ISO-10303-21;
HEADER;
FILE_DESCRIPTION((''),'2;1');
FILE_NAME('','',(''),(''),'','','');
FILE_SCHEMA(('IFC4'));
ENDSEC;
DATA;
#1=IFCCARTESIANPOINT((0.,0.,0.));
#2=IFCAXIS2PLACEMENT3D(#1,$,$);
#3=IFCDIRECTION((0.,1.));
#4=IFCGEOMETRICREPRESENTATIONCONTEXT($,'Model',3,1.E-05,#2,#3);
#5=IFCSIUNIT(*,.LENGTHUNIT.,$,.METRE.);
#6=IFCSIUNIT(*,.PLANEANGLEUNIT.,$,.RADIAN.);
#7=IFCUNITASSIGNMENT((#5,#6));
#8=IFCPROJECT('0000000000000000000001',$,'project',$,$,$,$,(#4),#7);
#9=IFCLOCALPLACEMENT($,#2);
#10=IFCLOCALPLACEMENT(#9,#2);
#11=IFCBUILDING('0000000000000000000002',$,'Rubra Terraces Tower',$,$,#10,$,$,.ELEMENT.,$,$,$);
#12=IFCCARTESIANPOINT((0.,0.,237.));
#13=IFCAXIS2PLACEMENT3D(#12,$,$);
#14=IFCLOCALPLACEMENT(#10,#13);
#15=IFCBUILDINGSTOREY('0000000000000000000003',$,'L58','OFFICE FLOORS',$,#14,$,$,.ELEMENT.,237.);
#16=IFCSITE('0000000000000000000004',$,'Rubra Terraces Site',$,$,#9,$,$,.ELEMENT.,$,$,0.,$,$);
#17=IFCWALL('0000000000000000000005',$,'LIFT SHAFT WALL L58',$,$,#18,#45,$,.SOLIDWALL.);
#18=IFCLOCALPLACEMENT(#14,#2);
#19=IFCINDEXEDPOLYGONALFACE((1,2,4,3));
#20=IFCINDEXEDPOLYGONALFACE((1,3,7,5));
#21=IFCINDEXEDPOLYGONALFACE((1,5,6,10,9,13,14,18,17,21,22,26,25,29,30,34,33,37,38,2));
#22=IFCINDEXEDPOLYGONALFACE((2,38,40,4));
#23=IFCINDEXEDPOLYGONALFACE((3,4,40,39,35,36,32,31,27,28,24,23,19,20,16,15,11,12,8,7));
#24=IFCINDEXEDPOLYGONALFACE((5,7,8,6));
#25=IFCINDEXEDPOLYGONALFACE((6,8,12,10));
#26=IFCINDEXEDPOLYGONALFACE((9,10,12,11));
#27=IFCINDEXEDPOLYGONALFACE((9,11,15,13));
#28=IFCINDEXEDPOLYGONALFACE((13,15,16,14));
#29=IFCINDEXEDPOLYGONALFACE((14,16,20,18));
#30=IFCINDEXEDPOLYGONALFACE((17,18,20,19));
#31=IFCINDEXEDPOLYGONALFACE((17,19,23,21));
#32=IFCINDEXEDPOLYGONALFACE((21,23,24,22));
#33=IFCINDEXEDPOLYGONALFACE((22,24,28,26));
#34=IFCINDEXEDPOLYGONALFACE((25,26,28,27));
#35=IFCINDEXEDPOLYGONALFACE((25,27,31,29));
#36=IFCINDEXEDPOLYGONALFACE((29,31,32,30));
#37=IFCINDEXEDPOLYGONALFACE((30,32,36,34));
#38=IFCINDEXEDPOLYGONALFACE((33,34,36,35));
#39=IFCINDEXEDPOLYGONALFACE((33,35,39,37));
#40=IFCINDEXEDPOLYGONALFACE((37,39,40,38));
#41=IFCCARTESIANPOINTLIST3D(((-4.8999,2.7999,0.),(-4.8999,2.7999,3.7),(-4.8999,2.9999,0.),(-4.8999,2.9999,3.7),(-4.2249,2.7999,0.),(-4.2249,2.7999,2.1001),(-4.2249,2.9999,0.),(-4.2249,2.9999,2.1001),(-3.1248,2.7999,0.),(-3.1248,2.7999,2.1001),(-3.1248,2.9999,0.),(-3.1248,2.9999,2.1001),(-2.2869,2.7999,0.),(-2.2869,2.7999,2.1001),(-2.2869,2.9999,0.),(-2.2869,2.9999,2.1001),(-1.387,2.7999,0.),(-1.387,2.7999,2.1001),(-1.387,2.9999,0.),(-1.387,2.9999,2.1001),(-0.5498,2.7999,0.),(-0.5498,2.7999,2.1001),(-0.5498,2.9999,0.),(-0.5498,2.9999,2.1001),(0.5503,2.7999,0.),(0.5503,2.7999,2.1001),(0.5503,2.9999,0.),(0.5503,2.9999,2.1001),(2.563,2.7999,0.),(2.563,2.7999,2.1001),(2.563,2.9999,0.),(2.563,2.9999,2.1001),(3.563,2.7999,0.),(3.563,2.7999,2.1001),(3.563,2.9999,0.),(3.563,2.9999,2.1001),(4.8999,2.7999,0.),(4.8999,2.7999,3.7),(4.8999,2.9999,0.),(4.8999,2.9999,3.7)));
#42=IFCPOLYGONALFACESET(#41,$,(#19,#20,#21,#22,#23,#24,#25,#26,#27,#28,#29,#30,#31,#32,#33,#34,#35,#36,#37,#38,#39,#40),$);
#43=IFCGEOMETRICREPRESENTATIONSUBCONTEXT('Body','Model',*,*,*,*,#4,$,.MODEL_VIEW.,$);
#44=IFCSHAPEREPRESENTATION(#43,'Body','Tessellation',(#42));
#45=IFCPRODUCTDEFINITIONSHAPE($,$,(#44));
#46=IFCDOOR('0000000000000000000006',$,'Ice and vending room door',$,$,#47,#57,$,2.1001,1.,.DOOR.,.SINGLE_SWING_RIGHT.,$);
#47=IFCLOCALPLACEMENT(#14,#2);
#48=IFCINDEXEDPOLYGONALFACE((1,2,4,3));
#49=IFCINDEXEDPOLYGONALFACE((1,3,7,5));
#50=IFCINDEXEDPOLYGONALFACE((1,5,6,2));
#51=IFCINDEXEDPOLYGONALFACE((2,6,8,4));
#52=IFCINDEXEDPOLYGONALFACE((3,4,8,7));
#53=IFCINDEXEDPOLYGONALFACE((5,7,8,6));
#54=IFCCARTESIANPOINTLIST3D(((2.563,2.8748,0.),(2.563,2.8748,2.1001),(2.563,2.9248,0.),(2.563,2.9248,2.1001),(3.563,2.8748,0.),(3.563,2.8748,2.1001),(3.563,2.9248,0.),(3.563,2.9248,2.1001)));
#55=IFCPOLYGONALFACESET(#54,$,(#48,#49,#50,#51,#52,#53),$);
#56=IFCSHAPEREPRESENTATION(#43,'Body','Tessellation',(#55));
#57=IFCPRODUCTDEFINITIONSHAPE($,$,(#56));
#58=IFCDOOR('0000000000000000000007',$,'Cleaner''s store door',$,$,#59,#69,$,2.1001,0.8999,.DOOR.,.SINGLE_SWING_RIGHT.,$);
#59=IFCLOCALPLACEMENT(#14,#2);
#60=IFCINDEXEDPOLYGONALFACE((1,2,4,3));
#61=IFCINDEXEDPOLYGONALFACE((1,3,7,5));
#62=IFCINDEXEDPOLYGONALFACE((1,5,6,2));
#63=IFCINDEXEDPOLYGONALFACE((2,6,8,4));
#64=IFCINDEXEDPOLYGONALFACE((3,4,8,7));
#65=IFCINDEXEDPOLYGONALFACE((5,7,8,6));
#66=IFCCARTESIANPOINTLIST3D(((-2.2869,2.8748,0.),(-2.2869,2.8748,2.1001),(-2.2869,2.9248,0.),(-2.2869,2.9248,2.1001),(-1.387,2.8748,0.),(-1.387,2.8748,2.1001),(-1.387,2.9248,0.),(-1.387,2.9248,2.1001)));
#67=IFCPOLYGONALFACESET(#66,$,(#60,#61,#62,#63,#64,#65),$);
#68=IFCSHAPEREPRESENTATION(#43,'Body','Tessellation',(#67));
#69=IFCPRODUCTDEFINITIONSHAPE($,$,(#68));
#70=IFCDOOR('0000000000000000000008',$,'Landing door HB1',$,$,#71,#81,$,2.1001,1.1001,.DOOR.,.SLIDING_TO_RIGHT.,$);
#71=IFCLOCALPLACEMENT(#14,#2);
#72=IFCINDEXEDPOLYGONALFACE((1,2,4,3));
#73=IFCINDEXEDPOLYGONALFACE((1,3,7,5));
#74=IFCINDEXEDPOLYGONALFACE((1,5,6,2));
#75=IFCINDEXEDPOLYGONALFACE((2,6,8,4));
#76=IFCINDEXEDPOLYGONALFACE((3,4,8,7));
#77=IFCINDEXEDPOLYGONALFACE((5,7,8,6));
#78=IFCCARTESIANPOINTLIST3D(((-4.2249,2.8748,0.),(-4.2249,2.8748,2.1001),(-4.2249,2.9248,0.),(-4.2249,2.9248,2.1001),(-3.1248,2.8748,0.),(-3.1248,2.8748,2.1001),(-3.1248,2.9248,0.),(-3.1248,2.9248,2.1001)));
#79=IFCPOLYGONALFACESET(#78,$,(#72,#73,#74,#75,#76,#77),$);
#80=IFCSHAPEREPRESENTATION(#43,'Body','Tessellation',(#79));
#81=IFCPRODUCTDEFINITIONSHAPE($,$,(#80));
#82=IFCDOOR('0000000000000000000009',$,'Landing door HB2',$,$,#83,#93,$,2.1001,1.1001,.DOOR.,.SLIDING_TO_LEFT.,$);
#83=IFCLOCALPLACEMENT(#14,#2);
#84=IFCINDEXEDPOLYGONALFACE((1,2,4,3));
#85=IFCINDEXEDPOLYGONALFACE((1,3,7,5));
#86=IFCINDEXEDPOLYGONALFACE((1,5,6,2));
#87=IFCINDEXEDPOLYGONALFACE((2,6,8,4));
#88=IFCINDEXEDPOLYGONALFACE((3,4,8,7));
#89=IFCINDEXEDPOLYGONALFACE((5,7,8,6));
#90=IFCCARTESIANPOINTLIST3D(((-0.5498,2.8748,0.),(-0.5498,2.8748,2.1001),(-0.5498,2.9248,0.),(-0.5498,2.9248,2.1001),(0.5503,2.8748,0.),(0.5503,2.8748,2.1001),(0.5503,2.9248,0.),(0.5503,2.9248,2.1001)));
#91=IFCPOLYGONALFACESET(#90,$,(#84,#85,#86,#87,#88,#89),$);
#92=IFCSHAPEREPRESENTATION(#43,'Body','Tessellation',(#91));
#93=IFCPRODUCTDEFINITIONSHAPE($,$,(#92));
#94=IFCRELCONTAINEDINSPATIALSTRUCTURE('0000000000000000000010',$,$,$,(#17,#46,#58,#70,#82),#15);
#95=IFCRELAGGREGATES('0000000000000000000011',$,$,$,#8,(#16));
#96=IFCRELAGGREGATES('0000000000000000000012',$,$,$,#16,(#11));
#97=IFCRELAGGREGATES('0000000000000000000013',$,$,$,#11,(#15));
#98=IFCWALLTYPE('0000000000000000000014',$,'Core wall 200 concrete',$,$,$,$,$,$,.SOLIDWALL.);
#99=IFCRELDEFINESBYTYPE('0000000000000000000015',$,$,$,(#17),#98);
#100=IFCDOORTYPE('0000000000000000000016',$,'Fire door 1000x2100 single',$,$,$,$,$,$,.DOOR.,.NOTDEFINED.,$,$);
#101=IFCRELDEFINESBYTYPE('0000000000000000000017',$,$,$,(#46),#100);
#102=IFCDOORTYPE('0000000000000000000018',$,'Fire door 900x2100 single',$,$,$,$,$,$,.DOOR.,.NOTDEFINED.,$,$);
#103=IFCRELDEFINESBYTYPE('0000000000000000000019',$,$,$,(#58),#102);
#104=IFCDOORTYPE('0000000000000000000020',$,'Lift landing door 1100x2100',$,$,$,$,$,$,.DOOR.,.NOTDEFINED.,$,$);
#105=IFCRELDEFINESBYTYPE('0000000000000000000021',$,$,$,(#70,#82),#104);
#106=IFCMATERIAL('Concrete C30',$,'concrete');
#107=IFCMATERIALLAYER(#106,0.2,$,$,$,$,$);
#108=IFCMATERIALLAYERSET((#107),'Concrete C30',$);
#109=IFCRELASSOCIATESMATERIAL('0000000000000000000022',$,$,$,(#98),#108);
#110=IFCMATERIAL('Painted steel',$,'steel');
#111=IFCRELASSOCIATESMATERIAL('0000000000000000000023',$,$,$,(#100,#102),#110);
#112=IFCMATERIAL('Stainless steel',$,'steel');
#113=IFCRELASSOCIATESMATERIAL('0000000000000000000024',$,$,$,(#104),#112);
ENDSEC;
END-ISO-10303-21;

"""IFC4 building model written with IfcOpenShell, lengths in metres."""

from ifc_helpers import new_model, si_unit, direction, frame, frame_2d, origin, place, context, subcontext, project, spatial, rectangle, extrude, material, layer, layer_set, type_object, element, fill, save


model = new_model("IFC4")

# Units and contexts
model_context = context("Model", 3, precision=1e-05, world=origin(), true_north=direction((0.0, 1.0)))
body_context = subcontext(model_context, "Body", "Model", "MODEL_VIEW")
ifc_project = project(units=[si_unit("LENGTHUNIT", "METRE"), si_unit("PLANEANGLEUNIT", "RADIAN")], contexts=[model_context])

# Site, building, storey
site_placement = place(None, origin())
site = spatial("IfcSite", under=ifc_project, at=site_placement, Name="Rubra Terraces Site", CompositionType="ELEMENT", RefElevation=0.0)
building_placement = place(site_placement, origin())
building = spatial("IfcBuilding", under=site, at=building_placement, Name="Rubra Terraces Tower", CompositionType="ELEMENT")
storey_placement = place(building_placement, frame((0.0, 0.0, 237.0)))
storey = spatial("IfcBuildingStorey", under=building, at=storey_placement, Name="L58", Description="OFFICE FLOORS", CompositionType="ELEMENT", Elevation=237.0)

# Wall, openings, doors
ifc_material_1 = material(Name="Concrete C30", Category="concrete")
ifc_layer_1 = layer(ifc_material_1, 0.2)
ifc_layer_set_1 = layer_set([ifc_layer_1], Name="Concrete C30")
wall_type_1 = type_object("IfcWallType", Name="Core wall 200 concrete", PredefinedType="SOLIDWALL", material=ifc_layer_set_1)
wall_1_placement = place(storey_placement, frame((-4.8999, 2.8999, 0.0), z_axis=(0.0, 0.0, 1.0), x_axis=(1.0, 0.0, 0.0)))
wall_1 = element("IfcWall", 1, at=wall_1_placement, inside=storey, type_object=wall_type_1, Name="LIFT SHAFT WALL L58", PredefinedType="SOLIDWALL", context=body_context, shape_type="SweptSolid", body=[
    extrude(rectangle(XDim=9.7998, YDim=0.2, at=frame_2d((4.8999, 0.0))), origin(), (0.0, 0.0, 1.0), 3.7),
])
opening_1_placement = place(wall_1_placement, frame((0.675, 0.0, 0.0)))
opening_1 = element("IfcOpeningElement", 2, at=opening_1_placement, cuts=wall_1, PredefinedType="OPENING", context=body_context, shape_type="SweptSolid", body=[
    extrude(rectangle(XDim=1.1001, YDim=2.1001, at=frame_2d((0.55, 1.05))), frame((0.0, 0.1099, 0.0), z_axis=(0.0, -1.0, 0.0), x_axis=(1.0, 0.0, 0.0)), (0.0, 0.0, 1.0), 0.22),
])
opening_2_placement = place(wall_1_placement, frame((2.613, 0.0, 0.0)))
opening_2 = element("IfcOpeningElement", 3, at=opening_2_placement, cuts=wall_1, PredefinedType="OPENING", context=body_context, shape_type="SweptSolid", body=[
    extrude(rectangle(XDim=0.8999, YDim=2.1001, at=frame_2d((0.45, 1.05))), frame((0.0, 0.1099, 0.0), z_axis=(0.0, -1.0, 0.0), x_axis=(1.0, 0.0, 0.0)), (0.0, 0.0, 1.0), 0.22),
])
opening_3_placement = place(wall_1_placement, frame((4.3501, 0.0, 0.0)))
opening_3 = element("IfcOpeningElement", 4, at=opening_3_placement, cuts=wall_1, PredefinedType="OPENING", context=body_context, shape_type="SweptSolid", body=[
    extrude(rectangle(XDim=1.1001, YDim=2.1001, at=frame_2d((0.55, 1.05))), frame((0.0, 0.1099, 0.0), z_axis=(0.0, -1.0, 0.0), x_axis=(1.0, 0.0, 0.0)), (0.0, 0.0, 1.0), 0.22),
])
opening_4_placement = place(wall_1_placement, frame((7.4629, 0.0, 0.0)))
opening_4 = element("IfcOpeningElement", 5, at=opening_4_placement, cuts=wall_1, PredefinedType="OPENING", context=body_context, shape_type="SweptSolid", body=[
    extrude(rectangle(XDim=1.0, YDim=2.1001, at=frame_2d((0.5, 1.05))), frame((0.0, 0.1099, 0.0), z_axis=(0.0, -1.0, 0.0), x_axis=(1.0, 0.0, 0.0)), (0.0, 0.0, 1.0), 0.22),
])
ifc_material_2 = material(Name="Painted steel", Category="steel")
door_type_1 = type_object("IfcDoorType", Name="Fire door 1000x2100 single", OperationType="NOTDEFINED", PredefinedType="DOOR", material=ifc_material_2)
door_1_placement = place(opening_4_placement, origin())
door_1 = element("IfcDoor", 6, at=door_1_placement, inside=storey, type_object=door_type_1, Name="Ice and vending room door", OperationType="SINGLE_SWING_RIGHT", OverallHeight=2.1001, OverallWidth=1.0, PredefinedType="DOOR", context=body_context, shape_type="SweptSolid", body=[
    extrude(rectangle(XDim=1.0, YDim=2.1001, at=frame_2d((0.5, 1.05))), frame((0.0, 0.0249, 0.0), z_axis=(0.0, -1.0, 0.0), x_axis=(1.0, 0.0, 0.0)), (0.0, 0.0, 1.0), 0.05),
])
fill(opening_4, door_1)
door_type_2 = type_object("IfcDoorType", Name="Fire door 900x2100 single", OperationType="NOTDEFINED", PredefinedType="DOOR", material=ifc_material_2)
door_2_placement = place(opening_2_placement, origin())
door_2 = element("IfcDoor", 7, at=door_2_placement, inside=storey, type_object=door_type_2, Name="Cleaner's store door", OperationType="SINGLE_SWING_RIGHT", OverallHeight=2.1001, OverallWidth=0.8999, PredefinedType="DOOR", context=body_context, shape_type="SweptSolid", body=[
    extrude(rectangle(XDim=0.8999, YDim=2.1001, at=frame_2d((0.45, 1.05))), frame((0.0, 0.0249, 0.0), z_axis=(0.0, -1.0, 0.0), x_axis=(1.0, 0.0, 0.0)), (0.0, 0.0, 1.0), 0.05),
])
fill(opening_2, door_2)
ifc_material_3 = material(Name="Stainless steel", Category="steel")
door_type_3 = type_object("IfcDoorType", Name="Lift landing door 1100x2100", OperationType="NOTDEFINED", PredefinedType="DOOR", material=ifc_material_3)
door_3_placement = place(opening_1_placement, origin())
door_3 = element("IfcDoor", 8, at=door_3_placement, inside=storey, type_object=door_type_3, Name="Landing door HB1", OperationType="SLIDING_TO_RIGHT", OverallHeight=2.1001, OverallWidth=1.1001, PredefinedType="DOOR", context=body_context, shape_type="SweptSolid", body=[
    extrude(rectangle(XDim=1.1001, YDim=2.1001, at=frame_2d((0.55, 1.05))), frame((0.0, 0.0249, 0.0), z_axis=(0.0, -1.0, 0.0), x_axis=(1.0, 0.0, 0.0)), (0.0, 0.0, 1.0), 0.05),
])
fill(opening_1, door_3)
door_4_placement = place(opening_3_placement, origin())
door_4 = element("IfcDoor", 9, at=door_4_placement, inside=storey, type_object=door_type_3, Name="Landing door HB2", OperationType="SLIDING_TO_LEFT", OverallHeight=2.1001, OverallWidth=1.1001, PredefinedType="DOOR", context=body_context, shape_type="SweptSolid", body=[
    extrude(rectangle(XDim=1.1001, YDim=2.1001, at=frame_2d((0.55, 1.05))), frame((0.0, 0.0249, 0.0), z_axis=(0.0, -1.0, 0.0), x_axis=(1.0, 0.0, 0.0)), (0.0, 0.0, 1.0), 0.05),
])
fill(opening_3, door_4)

save(model, "model.ifc")
